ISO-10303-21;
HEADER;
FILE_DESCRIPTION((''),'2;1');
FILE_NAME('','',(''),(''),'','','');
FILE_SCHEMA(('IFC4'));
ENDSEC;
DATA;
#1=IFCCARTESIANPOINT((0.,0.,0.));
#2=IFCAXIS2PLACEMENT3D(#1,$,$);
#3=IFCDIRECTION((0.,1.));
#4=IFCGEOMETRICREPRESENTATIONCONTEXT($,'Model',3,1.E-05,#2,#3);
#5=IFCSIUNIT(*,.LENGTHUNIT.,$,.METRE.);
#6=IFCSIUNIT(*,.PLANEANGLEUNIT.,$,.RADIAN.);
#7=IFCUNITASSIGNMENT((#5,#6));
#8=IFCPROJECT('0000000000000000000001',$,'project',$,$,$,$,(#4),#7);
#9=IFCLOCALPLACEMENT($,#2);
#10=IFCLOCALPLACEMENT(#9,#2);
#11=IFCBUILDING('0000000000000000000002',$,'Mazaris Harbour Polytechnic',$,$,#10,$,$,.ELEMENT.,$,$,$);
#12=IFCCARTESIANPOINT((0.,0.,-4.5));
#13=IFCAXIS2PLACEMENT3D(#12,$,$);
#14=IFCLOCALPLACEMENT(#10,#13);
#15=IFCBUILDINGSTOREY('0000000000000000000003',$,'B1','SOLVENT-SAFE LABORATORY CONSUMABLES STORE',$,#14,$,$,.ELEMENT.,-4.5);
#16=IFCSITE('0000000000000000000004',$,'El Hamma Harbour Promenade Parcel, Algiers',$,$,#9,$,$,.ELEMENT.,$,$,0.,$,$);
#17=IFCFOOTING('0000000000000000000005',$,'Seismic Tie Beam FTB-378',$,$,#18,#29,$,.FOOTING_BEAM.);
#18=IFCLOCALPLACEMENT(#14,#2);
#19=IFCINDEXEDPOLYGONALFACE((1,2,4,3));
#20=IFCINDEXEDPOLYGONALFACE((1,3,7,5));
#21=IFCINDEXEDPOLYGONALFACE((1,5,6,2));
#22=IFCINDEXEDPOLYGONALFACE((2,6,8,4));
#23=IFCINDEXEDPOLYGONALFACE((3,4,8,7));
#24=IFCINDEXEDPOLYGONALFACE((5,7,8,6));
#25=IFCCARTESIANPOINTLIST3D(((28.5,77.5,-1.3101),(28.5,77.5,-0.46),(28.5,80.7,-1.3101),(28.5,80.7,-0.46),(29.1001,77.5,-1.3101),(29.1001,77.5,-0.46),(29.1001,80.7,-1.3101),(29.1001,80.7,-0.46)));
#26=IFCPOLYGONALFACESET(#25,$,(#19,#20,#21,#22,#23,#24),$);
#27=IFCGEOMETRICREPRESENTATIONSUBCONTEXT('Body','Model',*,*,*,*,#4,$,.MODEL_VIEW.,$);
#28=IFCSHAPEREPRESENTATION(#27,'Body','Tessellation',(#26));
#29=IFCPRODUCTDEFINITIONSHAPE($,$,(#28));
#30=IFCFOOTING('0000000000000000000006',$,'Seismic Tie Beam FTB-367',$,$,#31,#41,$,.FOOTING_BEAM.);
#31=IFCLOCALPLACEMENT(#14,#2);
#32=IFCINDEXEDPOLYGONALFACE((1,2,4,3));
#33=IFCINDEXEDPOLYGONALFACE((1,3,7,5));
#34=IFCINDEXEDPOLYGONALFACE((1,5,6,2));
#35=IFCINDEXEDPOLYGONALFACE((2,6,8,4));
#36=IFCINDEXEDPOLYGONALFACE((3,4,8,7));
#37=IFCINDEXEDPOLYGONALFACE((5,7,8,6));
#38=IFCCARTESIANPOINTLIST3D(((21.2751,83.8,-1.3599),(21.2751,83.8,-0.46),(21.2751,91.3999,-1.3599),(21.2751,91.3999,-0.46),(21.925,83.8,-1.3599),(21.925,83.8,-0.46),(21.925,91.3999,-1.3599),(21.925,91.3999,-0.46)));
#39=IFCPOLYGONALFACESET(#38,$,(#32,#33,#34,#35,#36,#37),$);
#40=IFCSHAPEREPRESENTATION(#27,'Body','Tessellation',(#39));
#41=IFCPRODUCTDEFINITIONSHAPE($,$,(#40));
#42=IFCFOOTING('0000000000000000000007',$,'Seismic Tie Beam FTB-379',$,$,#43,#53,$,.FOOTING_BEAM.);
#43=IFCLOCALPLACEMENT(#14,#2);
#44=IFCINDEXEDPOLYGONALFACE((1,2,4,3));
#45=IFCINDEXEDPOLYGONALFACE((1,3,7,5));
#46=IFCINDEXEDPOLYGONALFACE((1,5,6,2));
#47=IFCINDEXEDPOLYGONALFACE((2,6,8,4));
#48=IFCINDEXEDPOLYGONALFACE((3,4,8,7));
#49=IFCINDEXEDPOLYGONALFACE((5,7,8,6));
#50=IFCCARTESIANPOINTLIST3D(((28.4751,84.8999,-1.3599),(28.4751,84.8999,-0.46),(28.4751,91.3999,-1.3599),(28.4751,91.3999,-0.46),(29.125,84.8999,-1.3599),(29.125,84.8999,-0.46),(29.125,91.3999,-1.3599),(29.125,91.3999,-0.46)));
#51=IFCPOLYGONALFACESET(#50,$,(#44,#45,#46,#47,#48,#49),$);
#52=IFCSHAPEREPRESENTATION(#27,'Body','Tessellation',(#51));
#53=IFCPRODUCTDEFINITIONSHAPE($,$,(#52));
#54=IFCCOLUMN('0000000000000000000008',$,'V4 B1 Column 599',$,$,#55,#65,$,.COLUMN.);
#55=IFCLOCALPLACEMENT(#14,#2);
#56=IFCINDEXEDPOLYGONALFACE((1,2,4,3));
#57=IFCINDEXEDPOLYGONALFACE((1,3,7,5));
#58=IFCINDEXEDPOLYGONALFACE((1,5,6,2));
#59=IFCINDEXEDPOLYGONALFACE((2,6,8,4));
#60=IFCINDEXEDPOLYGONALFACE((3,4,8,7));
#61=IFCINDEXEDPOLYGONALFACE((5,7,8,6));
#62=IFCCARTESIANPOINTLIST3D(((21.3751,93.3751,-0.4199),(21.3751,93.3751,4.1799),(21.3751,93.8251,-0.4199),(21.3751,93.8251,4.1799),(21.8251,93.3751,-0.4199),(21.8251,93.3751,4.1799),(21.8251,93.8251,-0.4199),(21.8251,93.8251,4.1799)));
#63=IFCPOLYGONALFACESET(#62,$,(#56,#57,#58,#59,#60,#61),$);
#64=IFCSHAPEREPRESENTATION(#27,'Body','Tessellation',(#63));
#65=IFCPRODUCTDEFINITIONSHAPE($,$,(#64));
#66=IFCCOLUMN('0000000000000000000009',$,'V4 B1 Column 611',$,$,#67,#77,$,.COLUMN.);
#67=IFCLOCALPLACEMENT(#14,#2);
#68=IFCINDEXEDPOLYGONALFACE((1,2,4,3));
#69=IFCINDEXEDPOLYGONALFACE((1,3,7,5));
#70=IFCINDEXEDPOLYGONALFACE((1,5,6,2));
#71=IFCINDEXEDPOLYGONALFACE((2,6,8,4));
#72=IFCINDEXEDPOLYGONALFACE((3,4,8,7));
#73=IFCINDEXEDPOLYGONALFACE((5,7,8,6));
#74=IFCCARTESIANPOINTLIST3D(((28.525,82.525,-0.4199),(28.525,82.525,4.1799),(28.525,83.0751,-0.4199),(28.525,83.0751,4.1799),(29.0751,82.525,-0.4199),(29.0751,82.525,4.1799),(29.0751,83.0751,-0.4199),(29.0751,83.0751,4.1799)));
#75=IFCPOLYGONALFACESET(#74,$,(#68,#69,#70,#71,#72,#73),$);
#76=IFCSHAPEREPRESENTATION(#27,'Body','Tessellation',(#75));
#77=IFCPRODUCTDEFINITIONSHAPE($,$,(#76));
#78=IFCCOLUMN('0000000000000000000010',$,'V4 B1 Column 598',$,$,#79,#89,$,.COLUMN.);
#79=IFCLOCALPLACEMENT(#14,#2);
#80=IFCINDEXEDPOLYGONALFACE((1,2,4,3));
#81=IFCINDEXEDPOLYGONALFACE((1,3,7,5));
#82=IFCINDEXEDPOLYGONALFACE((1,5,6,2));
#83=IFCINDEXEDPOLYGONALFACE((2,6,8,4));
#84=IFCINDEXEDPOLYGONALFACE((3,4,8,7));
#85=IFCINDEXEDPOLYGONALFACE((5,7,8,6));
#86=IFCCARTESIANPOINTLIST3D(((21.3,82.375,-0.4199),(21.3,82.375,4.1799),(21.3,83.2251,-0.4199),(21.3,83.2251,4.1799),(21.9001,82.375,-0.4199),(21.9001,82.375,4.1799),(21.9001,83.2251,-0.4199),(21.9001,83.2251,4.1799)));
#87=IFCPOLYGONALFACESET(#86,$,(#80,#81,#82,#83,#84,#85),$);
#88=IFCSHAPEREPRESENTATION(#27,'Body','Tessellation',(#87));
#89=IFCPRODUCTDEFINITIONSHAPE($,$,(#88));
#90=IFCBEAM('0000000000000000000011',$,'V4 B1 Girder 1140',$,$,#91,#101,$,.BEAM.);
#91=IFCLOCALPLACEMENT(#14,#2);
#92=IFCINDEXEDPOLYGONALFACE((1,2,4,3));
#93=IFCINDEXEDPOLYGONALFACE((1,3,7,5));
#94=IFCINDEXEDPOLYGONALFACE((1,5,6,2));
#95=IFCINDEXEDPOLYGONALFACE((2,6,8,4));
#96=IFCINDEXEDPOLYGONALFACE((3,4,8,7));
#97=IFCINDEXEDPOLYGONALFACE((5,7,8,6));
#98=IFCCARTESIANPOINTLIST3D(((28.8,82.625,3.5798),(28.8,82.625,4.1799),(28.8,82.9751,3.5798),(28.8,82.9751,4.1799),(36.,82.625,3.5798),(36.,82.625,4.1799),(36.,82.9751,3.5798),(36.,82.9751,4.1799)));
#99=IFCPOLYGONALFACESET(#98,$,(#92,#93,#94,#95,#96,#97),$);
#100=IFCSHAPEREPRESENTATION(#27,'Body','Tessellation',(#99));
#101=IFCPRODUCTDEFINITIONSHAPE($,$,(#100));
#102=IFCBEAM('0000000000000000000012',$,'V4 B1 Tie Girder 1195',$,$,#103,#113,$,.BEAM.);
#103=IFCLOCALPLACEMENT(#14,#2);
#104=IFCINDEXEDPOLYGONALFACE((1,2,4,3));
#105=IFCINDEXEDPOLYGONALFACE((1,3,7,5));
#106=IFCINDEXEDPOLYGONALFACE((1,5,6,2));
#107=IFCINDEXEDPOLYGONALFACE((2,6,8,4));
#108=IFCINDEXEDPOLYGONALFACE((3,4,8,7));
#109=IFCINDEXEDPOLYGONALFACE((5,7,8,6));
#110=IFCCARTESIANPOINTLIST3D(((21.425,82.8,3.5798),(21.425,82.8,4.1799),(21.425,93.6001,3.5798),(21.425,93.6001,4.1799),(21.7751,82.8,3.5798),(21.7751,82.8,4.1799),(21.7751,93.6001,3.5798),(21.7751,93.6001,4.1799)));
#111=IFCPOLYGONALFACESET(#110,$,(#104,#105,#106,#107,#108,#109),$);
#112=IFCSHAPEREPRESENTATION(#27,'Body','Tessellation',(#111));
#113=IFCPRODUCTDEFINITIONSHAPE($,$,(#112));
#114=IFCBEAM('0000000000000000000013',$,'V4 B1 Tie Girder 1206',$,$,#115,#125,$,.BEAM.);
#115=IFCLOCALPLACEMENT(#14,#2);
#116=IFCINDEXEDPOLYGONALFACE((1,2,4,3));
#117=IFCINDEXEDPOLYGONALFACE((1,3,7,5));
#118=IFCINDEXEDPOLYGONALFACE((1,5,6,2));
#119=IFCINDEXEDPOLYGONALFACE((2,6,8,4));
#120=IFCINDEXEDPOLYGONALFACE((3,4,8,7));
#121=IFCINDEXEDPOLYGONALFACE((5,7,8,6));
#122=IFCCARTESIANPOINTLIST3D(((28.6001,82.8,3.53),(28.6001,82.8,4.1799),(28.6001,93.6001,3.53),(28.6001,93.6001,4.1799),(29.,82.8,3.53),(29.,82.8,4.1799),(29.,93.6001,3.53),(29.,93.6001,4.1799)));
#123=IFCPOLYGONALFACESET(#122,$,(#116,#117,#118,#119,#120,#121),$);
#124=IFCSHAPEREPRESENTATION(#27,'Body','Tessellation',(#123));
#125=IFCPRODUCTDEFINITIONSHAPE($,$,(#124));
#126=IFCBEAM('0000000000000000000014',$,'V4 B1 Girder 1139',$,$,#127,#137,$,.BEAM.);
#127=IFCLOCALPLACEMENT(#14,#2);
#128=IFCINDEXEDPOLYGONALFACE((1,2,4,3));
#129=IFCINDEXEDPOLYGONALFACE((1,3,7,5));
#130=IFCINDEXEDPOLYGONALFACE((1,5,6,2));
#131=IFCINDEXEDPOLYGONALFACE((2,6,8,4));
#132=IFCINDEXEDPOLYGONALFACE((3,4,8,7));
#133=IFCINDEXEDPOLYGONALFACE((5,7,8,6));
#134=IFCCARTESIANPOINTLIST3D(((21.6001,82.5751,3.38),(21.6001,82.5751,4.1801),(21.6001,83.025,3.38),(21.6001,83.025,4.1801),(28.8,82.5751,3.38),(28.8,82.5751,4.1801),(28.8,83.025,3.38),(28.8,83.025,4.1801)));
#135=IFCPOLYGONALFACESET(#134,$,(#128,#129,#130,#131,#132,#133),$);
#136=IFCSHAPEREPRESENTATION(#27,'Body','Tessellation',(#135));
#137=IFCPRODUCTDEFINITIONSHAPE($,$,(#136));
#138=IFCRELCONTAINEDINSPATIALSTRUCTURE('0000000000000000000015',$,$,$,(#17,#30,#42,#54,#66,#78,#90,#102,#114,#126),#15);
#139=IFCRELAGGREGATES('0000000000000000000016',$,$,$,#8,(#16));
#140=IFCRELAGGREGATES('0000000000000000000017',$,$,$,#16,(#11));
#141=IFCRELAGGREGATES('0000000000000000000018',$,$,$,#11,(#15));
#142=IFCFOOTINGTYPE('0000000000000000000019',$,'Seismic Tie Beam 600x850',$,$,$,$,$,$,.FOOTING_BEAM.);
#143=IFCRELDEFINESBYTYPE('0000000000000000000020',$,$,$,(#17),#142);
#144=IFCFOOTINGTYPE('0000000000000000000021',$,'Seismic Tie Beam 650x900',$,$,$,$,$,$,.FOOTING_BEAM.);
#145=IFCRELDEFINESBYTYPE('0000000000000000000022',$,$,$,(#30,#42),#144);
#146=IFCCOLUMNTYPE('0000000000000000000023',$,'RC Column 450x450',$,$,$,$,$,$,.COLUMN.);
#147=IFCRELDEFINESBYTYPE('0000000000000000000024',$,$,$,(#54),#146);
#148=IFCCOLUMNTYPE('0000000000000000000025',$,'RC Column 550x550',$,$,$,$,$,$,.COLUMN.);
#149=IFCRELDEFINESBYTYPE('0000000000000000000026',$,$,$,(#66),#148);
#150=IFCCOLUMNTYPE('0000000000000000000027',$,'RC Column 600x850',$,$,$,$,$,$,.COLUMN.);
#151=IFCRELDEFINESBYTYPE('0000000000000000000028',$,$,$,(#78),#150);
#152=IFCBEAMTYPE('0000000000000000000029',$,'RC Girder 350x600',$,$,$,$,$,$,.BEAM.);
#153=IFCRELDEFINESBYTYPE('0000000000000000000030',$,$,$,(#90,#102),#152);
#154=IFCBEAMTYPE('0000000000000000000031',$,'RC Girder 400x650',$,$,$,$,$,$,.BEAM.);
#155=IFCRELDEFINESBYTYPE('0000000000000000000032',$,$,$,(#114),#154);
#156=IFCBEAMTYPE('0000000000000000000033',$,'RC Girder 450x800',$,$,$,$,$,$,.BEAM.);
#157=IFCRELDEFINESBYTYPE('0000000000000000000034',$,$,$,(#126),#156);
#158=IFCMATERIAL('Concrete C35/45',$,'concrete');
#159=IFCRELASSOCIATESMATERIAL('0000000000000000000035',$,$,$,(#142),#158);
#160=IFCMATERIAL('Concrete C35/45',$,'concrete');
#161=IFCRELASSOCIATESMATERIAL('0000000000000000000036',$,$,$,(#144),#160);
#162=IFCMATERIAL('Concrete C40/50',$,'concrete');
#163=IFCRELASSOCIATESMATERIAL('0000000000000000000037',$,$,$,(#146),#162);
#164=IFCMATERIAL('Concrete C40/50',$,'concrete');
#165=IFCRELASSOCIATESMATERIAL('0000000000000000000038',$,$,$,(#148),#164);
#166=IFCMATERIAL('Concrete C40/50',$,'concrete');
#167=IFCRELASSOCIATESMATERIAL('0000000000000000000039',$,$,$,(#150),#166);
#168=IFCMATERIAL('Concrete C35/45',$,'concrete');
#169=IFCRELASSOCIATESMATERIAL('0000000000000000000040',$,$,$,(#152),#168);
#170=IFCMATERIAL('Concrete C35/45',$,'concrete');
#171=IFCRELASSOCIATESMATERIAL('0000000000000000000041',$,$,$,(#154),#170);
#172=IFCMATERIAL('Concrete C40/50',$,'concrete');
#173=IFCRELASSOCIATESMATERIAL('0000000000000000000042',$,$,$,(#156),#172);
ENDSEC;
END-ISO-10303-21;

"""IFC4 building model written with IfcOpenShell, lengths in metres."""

from ifc_helpers import new_model, si_unit, direction, frame, origin, origin_2d, place, context, subcontext, project, spatial, rectangle, extrude, material, material_profile, profile_set, type_object, element, save


model = new_model("IFC4")

# Units and contexts
model_context = context("Model", 3, precision=1e-05, world=origin(), true_north=direction((0.0, 1.0)))
body_context = subcontext(model_context, "Body", "Model", "MODEL_VIEW")
ifc_project = project(units=[si_unit("LENGTHUNIT", "METRE"), si_unit("PLANEANGLEUNIT", "RADIAN")], contexts=[model_context])

# Site, building, storey
site_placement = place(None, origin())
site = spatial("IfcSite", under=ifc_project, at=site_placement, Name="El Hamma Harbour Promenade Parcel, Algiers", CompositionType="ELEMENT", RefElevation=0.0)
building_placement = place(site_placement, origin())
building = spatial("IfcBuilding", under=site, at=building_placement, Name="Mazaris Harbour Polytechnic", CompositionType="ELEMENT")
storey_placement = place(building_placement, frame((0.0, 0.0, -4.5)))
storey = spatial("IfcBuildingStorey", under=building, at=storey_placement, Name="B1", Description="SOLVENT-SAFE LABORATORY CONSUMABLES STORE", CompositionType="ELEMENT", Elevation=-4.5)

# Footings
ifc_material_1 = material(Name="Concrete C35/45", Category="concrete")
ifc_material_profile_1 = material_profile(ifc_material_1, rectangle(XDim=0.6001, YDim=0.8501, at=origin_2d()), Name="RECT600x850")
ifc_profile_set_1 = profile_set([ifc_material_profile_1], Name="Concrete C35/45")
footing_type_1 = type_object("IfcFootingType", Name="Seismic Tie Beam 600x850", PredefinedType="FOOTING_BEAM", material=ifc_profile_set_1)
footing_1_placement = place(storey_placement, frame((28.8, 77.5, -0.885), z_axis=(0.0, 1.0, 0.0), x_axis=(-1.0, 0.0, 0.0)))
element("IfcFooting", 1, at=footing_1_placement, inside=storey, type_object=footing_type_1, Name="Seismic Tie Beam FTB-378", PredefinedType="FOOTING_BEAM", context=body_context, shape_type="SweptSolid", body=[
    extrude(rectangle(XDim=0.6001, YDim=0.8501, at=origin_2d()), origin(), (0.0, 0.0, 1.0), 3.2),
])
ifc_material_2 = material(Name="Concrete C35/45", Category="concrete")
ifc_material_profile_2 = material_profile(ifc_material_2, rectangle(XDim=0.6499, YDim=0.8999, at=origin_2d()), Name="RECT650x900")
ifc_profile_set_2 = profile_set([ifc_material_profile_2], Name="Concrete C35/45")
footing_type_2 = type_object("IfcFootingType", Name="Seismic Tie Beam 650x900", PredefinedType="FOOTING_BEAM", material=ifc_profile_set_2)
footing_2_placement = place(storey_placement, frame((21.6001, 83.8, -0.9099), z_axis=(0.0, 1.0, 0.0), x_axis=(-1.0, 0.0, 0.0)))
element("IfcFooting", 2, at=footing_2_placement, inside=storey, type_object=footing_type_2, Name="Seismic Tie Beam FTB-367", PredefinedType="FOOTING_BEAM", context=body_context, shape_type="SweptSolid", body=[
    extrude(rectangle(XDim=0.6499, YDim=0.8999, at=origin_2d()), origin(), (0.0, 0.0, 1.0), 7.5999),
])
footing_3_placement = place(storey_placement, frame((28.8, 84.8999, -0.9099), z_axis=(0.0, 1.0, 0.0), x_axis=(-1.0, 0.0, 0.0)))
element("IfcFooting", 3, at=footing_3_placement, inside=storey, type_object=footing_type_2, Name="Seismic Tie Beam FTB-379", PredefinedType="FOOTING_BEAM", context=body_context, shape_type="SweptSolid", body=[
    extrude(rectangle(XDim=0.6499, YDim=0.8999, at=origin_2d()), origin(), (0.0, 0.0, 1.0), 6.5),
])

# Columns
ifc_material_3 = material(Name="Concrete C40/50", Category="concrete")
ifc_material_profile_3 = material_profile(ifc_material_3, rectangle(XDim=0.45, YDim=0.45, at=origin_2d()), Name="RECT450x450")
ifc_profile_set_3 = profile_set([ifc_material_profile_3], Name="Concrete C40/50")
column_type_1 = type_object("IfcColumnType", Name="RC Column 450x450", PredefinedType="COLUMN", material=ifc_profile_set_3)
column_1_placement = place(storey_placement, frame((21.6001, 93.6001, -0.4199), z_axis=(0.0, 0.0, 1.0), x_axis=(1.0, 0.0, 0.0)))
element("IfcColumn", 4, at=column_1_placement, inside=storey, type_object=column_type_1, Name="V4 B1 Column 599", PredefinedType="COLUMN", context=body_context, shape_type="SweptSolid", body=[
    extrude(rectangle(XDim=0.45, YDim=0.45, at=origin_2d()), origin(), (0.0, 0.0, 1.0), 4.5999),
])
ifc_material_4 = material(Name="Concrete C40/50", Category="concrete")
ifc_material_profile_4 = material_profile(ifc_material_4, rectangle(XDim=0.55, YDim=0.55, at=origin_2d()), Name="RECT550x550")
ifc_profile_set_4 = profile_set([ifc_material_profile_4], Name="Concrete C40/50")
column_type_2 = type_object("IfcColumnType", Name="RC Column 550x550", PredefinedType="COLUMN", material=ifc_profile_set_4)
column_2_placement = place(storey_placement, frame((28.8, 82.8, -0.4199), z_axis=(0.0, 0.0, 1.0), x_axis=(1.0, 0.0, 0.0)))
element("IfcColumn", 5, at=column_2_placement, inside=storey, type_object=column_type_2, Name="V4 B1 Column 611", PredefinedType="COLUMN", context=body_context, shape_type="SweptSolid", body=[
    extrude(rectangle(XDim=0.55, YDim=0.55, at=origin_2d()), origin(), (0.0, 0.0, 1.0), 4.5999),
])
ifc_material_5 = material(Name="Concrete C40/50", Category="concrete")
ifc_material_profile_5 = material_profile(ifc_material_5, rectangle(XDim=0.6001, YDim=0.8501, at=origin_2d()), Name="RECT600x850")
ifc_profile_set_5 = profile_set([ifc_material_profile_5], Name="Concrete C40/50")
column_type_3 = type_object("IfcColumnType", Name="RC Column 600x850", PredefinedType="COLUMN", material=ifc_profile_set_5)
column_3_placement = place(storey_placement, frame((21.6001, 82.8, -0.4199), z_axis=(0.0, 0.0, 1.0), x_axis=(1.0, 0.0, 0.0)))
element("IfcColumn", 6, at=column_3_placement, inside=storey, type_object=column_type_3, Name="V4 B1 Column 598", PredefinedType="COLUMN", context=body_context, shape_type="SweptSolid", body=[
    extrude(rectangle(XDim=0.6001, YDim=0.8501, at=origin_2d()), origin(), (0.0, 0.0, 1.0), 4.5999),
])

# Beams
ifc_material_6 = material(Name="Concrete C35/45", Category="concrete")
ifc_material_profile_6 = material_profile(ifc_material_6, rectangle(XDim=0.3501, YDim=0.6001, at=origin_2d()), Name="RECT350x600")
ifc_profile_set_6 = profile_set([ifc_material_profile_6], Name="Concrete C35/45")
beam_type_1 = type_object("IfcBeamType", Name="RC Girder 350x600", PredefinedType="BEAM", material=ifc_profile_set_6)
beam_1_placement = place(storey_placement, frame((28.8, 82.8, 3.8799), z_axis=(1.0, 0.0, 0.0), x_axis=(0.0, 1.0, 0.0)))
element("IfcBeam", 7, at=beam_1_placement, inside=storey, type_object=beam_type_1, Name="V4 B1 Girder 1140", PredefinedType="BEAM", context=body_context, shape_type="SweptSolid", body=[
    extrude(rectangle(XDim=0.3501, YDim=0.6001, at=origin_2d()), origin(), (0.0, 0.0, 1.0), 7.2),
])
beam_2_placement = place(storey_placement, frame((21.6001, 82.8, 3.8799), z_axis=(0.0, 1.0, 0.0), x_axis=(-1.0, 0.0, 0.0)))
element("IfcBeam", 8, at=beam_2_placement, inside=storey, type_object=beam_type_1, Name="V4 B1 Tie Girder 1195", PredefinedType="BEAM", context=body_context, shape_type="SweptSolid", body=[
    extrude(rectangle(XDim=0.3501, YDim=0.6001, at=origin_2d()), origin(), (0.0, 0.0, 1.0), 10.8),
])
ifc_material_7 = material(Name="Concrete C35/45", Category="concrete")
ifc_material_profile_7 = material_profile(ifc_material_7, rectangle(XDim=0.3999, YDim=0.6499, at=origin_2d()), Name="RECT400x650")
ifc_profile_set_7 = profile_set([ifc_material_profile_7], Name="Concrete C35/45")
beam_type_2 = type_object("IfcBeamType", Name="RC Girder 400x650", PredefinedType="BEAM", material=ifc_profile_set_7)
beam_3_placement = place(storey_placement, frame((28.8, 82.8, 3.855), z_axis=(0.0, 1.0, 0.0), x_axis=(-1.0, 0.0, 0.0)))
element("IfcBeam", 9, at=beam_3_placement, inside=storey, type_object=beam_type_2, Name="V4 B1 Tie Girder 1206", PredefinedType="BEAM", context=body_context, shape_type="SweptSolid", body=[
    extrude(rectangle(XDim=0.3999, YDim=0.6499, at=origin_2d()), origin(), (0.0, 0.0, 1.0), 10.8),
])
ifc_material_8 = material(Name="Concrete C40/50", Category="concrete")
ifc_material_profile_8 = material_profile(ifc_material_8, rectangle(XDim=0.45, YDim=0.8, at=origin_2d()), Name="RECT450x800")
ifc_profile_set_8 = profile_set([ifc_material_profile_8], Name="Concrete C40/50")
beam_type_3 = type_object("IfcBeamType", Name="RC Girder 450x800", PredefinedType="BEAM", material=ifc_profile_set_8)
beam_4_placement = place(storey_placement, frame((21.6001, 82.8, 3.78), z_axis=(1.0, 0.0, 0.0), x_axis=(0.0, 1.0, 0.0)))
element("IfcBeam", 10, at=beam_4_placement, inside=storey, type_object=beam_type_3, Name="V4 B1 Girder 1139", PredefinedType="BEAM", context=body_context, shape_type="SweptSolid", body=[
    extrude(rectangle(XDim=0.45, YDim=0.8, at=origin_2d()), origin(), (0.0, 0.0, 1.0), 7.2),
])

save(model, "model.ifc")
